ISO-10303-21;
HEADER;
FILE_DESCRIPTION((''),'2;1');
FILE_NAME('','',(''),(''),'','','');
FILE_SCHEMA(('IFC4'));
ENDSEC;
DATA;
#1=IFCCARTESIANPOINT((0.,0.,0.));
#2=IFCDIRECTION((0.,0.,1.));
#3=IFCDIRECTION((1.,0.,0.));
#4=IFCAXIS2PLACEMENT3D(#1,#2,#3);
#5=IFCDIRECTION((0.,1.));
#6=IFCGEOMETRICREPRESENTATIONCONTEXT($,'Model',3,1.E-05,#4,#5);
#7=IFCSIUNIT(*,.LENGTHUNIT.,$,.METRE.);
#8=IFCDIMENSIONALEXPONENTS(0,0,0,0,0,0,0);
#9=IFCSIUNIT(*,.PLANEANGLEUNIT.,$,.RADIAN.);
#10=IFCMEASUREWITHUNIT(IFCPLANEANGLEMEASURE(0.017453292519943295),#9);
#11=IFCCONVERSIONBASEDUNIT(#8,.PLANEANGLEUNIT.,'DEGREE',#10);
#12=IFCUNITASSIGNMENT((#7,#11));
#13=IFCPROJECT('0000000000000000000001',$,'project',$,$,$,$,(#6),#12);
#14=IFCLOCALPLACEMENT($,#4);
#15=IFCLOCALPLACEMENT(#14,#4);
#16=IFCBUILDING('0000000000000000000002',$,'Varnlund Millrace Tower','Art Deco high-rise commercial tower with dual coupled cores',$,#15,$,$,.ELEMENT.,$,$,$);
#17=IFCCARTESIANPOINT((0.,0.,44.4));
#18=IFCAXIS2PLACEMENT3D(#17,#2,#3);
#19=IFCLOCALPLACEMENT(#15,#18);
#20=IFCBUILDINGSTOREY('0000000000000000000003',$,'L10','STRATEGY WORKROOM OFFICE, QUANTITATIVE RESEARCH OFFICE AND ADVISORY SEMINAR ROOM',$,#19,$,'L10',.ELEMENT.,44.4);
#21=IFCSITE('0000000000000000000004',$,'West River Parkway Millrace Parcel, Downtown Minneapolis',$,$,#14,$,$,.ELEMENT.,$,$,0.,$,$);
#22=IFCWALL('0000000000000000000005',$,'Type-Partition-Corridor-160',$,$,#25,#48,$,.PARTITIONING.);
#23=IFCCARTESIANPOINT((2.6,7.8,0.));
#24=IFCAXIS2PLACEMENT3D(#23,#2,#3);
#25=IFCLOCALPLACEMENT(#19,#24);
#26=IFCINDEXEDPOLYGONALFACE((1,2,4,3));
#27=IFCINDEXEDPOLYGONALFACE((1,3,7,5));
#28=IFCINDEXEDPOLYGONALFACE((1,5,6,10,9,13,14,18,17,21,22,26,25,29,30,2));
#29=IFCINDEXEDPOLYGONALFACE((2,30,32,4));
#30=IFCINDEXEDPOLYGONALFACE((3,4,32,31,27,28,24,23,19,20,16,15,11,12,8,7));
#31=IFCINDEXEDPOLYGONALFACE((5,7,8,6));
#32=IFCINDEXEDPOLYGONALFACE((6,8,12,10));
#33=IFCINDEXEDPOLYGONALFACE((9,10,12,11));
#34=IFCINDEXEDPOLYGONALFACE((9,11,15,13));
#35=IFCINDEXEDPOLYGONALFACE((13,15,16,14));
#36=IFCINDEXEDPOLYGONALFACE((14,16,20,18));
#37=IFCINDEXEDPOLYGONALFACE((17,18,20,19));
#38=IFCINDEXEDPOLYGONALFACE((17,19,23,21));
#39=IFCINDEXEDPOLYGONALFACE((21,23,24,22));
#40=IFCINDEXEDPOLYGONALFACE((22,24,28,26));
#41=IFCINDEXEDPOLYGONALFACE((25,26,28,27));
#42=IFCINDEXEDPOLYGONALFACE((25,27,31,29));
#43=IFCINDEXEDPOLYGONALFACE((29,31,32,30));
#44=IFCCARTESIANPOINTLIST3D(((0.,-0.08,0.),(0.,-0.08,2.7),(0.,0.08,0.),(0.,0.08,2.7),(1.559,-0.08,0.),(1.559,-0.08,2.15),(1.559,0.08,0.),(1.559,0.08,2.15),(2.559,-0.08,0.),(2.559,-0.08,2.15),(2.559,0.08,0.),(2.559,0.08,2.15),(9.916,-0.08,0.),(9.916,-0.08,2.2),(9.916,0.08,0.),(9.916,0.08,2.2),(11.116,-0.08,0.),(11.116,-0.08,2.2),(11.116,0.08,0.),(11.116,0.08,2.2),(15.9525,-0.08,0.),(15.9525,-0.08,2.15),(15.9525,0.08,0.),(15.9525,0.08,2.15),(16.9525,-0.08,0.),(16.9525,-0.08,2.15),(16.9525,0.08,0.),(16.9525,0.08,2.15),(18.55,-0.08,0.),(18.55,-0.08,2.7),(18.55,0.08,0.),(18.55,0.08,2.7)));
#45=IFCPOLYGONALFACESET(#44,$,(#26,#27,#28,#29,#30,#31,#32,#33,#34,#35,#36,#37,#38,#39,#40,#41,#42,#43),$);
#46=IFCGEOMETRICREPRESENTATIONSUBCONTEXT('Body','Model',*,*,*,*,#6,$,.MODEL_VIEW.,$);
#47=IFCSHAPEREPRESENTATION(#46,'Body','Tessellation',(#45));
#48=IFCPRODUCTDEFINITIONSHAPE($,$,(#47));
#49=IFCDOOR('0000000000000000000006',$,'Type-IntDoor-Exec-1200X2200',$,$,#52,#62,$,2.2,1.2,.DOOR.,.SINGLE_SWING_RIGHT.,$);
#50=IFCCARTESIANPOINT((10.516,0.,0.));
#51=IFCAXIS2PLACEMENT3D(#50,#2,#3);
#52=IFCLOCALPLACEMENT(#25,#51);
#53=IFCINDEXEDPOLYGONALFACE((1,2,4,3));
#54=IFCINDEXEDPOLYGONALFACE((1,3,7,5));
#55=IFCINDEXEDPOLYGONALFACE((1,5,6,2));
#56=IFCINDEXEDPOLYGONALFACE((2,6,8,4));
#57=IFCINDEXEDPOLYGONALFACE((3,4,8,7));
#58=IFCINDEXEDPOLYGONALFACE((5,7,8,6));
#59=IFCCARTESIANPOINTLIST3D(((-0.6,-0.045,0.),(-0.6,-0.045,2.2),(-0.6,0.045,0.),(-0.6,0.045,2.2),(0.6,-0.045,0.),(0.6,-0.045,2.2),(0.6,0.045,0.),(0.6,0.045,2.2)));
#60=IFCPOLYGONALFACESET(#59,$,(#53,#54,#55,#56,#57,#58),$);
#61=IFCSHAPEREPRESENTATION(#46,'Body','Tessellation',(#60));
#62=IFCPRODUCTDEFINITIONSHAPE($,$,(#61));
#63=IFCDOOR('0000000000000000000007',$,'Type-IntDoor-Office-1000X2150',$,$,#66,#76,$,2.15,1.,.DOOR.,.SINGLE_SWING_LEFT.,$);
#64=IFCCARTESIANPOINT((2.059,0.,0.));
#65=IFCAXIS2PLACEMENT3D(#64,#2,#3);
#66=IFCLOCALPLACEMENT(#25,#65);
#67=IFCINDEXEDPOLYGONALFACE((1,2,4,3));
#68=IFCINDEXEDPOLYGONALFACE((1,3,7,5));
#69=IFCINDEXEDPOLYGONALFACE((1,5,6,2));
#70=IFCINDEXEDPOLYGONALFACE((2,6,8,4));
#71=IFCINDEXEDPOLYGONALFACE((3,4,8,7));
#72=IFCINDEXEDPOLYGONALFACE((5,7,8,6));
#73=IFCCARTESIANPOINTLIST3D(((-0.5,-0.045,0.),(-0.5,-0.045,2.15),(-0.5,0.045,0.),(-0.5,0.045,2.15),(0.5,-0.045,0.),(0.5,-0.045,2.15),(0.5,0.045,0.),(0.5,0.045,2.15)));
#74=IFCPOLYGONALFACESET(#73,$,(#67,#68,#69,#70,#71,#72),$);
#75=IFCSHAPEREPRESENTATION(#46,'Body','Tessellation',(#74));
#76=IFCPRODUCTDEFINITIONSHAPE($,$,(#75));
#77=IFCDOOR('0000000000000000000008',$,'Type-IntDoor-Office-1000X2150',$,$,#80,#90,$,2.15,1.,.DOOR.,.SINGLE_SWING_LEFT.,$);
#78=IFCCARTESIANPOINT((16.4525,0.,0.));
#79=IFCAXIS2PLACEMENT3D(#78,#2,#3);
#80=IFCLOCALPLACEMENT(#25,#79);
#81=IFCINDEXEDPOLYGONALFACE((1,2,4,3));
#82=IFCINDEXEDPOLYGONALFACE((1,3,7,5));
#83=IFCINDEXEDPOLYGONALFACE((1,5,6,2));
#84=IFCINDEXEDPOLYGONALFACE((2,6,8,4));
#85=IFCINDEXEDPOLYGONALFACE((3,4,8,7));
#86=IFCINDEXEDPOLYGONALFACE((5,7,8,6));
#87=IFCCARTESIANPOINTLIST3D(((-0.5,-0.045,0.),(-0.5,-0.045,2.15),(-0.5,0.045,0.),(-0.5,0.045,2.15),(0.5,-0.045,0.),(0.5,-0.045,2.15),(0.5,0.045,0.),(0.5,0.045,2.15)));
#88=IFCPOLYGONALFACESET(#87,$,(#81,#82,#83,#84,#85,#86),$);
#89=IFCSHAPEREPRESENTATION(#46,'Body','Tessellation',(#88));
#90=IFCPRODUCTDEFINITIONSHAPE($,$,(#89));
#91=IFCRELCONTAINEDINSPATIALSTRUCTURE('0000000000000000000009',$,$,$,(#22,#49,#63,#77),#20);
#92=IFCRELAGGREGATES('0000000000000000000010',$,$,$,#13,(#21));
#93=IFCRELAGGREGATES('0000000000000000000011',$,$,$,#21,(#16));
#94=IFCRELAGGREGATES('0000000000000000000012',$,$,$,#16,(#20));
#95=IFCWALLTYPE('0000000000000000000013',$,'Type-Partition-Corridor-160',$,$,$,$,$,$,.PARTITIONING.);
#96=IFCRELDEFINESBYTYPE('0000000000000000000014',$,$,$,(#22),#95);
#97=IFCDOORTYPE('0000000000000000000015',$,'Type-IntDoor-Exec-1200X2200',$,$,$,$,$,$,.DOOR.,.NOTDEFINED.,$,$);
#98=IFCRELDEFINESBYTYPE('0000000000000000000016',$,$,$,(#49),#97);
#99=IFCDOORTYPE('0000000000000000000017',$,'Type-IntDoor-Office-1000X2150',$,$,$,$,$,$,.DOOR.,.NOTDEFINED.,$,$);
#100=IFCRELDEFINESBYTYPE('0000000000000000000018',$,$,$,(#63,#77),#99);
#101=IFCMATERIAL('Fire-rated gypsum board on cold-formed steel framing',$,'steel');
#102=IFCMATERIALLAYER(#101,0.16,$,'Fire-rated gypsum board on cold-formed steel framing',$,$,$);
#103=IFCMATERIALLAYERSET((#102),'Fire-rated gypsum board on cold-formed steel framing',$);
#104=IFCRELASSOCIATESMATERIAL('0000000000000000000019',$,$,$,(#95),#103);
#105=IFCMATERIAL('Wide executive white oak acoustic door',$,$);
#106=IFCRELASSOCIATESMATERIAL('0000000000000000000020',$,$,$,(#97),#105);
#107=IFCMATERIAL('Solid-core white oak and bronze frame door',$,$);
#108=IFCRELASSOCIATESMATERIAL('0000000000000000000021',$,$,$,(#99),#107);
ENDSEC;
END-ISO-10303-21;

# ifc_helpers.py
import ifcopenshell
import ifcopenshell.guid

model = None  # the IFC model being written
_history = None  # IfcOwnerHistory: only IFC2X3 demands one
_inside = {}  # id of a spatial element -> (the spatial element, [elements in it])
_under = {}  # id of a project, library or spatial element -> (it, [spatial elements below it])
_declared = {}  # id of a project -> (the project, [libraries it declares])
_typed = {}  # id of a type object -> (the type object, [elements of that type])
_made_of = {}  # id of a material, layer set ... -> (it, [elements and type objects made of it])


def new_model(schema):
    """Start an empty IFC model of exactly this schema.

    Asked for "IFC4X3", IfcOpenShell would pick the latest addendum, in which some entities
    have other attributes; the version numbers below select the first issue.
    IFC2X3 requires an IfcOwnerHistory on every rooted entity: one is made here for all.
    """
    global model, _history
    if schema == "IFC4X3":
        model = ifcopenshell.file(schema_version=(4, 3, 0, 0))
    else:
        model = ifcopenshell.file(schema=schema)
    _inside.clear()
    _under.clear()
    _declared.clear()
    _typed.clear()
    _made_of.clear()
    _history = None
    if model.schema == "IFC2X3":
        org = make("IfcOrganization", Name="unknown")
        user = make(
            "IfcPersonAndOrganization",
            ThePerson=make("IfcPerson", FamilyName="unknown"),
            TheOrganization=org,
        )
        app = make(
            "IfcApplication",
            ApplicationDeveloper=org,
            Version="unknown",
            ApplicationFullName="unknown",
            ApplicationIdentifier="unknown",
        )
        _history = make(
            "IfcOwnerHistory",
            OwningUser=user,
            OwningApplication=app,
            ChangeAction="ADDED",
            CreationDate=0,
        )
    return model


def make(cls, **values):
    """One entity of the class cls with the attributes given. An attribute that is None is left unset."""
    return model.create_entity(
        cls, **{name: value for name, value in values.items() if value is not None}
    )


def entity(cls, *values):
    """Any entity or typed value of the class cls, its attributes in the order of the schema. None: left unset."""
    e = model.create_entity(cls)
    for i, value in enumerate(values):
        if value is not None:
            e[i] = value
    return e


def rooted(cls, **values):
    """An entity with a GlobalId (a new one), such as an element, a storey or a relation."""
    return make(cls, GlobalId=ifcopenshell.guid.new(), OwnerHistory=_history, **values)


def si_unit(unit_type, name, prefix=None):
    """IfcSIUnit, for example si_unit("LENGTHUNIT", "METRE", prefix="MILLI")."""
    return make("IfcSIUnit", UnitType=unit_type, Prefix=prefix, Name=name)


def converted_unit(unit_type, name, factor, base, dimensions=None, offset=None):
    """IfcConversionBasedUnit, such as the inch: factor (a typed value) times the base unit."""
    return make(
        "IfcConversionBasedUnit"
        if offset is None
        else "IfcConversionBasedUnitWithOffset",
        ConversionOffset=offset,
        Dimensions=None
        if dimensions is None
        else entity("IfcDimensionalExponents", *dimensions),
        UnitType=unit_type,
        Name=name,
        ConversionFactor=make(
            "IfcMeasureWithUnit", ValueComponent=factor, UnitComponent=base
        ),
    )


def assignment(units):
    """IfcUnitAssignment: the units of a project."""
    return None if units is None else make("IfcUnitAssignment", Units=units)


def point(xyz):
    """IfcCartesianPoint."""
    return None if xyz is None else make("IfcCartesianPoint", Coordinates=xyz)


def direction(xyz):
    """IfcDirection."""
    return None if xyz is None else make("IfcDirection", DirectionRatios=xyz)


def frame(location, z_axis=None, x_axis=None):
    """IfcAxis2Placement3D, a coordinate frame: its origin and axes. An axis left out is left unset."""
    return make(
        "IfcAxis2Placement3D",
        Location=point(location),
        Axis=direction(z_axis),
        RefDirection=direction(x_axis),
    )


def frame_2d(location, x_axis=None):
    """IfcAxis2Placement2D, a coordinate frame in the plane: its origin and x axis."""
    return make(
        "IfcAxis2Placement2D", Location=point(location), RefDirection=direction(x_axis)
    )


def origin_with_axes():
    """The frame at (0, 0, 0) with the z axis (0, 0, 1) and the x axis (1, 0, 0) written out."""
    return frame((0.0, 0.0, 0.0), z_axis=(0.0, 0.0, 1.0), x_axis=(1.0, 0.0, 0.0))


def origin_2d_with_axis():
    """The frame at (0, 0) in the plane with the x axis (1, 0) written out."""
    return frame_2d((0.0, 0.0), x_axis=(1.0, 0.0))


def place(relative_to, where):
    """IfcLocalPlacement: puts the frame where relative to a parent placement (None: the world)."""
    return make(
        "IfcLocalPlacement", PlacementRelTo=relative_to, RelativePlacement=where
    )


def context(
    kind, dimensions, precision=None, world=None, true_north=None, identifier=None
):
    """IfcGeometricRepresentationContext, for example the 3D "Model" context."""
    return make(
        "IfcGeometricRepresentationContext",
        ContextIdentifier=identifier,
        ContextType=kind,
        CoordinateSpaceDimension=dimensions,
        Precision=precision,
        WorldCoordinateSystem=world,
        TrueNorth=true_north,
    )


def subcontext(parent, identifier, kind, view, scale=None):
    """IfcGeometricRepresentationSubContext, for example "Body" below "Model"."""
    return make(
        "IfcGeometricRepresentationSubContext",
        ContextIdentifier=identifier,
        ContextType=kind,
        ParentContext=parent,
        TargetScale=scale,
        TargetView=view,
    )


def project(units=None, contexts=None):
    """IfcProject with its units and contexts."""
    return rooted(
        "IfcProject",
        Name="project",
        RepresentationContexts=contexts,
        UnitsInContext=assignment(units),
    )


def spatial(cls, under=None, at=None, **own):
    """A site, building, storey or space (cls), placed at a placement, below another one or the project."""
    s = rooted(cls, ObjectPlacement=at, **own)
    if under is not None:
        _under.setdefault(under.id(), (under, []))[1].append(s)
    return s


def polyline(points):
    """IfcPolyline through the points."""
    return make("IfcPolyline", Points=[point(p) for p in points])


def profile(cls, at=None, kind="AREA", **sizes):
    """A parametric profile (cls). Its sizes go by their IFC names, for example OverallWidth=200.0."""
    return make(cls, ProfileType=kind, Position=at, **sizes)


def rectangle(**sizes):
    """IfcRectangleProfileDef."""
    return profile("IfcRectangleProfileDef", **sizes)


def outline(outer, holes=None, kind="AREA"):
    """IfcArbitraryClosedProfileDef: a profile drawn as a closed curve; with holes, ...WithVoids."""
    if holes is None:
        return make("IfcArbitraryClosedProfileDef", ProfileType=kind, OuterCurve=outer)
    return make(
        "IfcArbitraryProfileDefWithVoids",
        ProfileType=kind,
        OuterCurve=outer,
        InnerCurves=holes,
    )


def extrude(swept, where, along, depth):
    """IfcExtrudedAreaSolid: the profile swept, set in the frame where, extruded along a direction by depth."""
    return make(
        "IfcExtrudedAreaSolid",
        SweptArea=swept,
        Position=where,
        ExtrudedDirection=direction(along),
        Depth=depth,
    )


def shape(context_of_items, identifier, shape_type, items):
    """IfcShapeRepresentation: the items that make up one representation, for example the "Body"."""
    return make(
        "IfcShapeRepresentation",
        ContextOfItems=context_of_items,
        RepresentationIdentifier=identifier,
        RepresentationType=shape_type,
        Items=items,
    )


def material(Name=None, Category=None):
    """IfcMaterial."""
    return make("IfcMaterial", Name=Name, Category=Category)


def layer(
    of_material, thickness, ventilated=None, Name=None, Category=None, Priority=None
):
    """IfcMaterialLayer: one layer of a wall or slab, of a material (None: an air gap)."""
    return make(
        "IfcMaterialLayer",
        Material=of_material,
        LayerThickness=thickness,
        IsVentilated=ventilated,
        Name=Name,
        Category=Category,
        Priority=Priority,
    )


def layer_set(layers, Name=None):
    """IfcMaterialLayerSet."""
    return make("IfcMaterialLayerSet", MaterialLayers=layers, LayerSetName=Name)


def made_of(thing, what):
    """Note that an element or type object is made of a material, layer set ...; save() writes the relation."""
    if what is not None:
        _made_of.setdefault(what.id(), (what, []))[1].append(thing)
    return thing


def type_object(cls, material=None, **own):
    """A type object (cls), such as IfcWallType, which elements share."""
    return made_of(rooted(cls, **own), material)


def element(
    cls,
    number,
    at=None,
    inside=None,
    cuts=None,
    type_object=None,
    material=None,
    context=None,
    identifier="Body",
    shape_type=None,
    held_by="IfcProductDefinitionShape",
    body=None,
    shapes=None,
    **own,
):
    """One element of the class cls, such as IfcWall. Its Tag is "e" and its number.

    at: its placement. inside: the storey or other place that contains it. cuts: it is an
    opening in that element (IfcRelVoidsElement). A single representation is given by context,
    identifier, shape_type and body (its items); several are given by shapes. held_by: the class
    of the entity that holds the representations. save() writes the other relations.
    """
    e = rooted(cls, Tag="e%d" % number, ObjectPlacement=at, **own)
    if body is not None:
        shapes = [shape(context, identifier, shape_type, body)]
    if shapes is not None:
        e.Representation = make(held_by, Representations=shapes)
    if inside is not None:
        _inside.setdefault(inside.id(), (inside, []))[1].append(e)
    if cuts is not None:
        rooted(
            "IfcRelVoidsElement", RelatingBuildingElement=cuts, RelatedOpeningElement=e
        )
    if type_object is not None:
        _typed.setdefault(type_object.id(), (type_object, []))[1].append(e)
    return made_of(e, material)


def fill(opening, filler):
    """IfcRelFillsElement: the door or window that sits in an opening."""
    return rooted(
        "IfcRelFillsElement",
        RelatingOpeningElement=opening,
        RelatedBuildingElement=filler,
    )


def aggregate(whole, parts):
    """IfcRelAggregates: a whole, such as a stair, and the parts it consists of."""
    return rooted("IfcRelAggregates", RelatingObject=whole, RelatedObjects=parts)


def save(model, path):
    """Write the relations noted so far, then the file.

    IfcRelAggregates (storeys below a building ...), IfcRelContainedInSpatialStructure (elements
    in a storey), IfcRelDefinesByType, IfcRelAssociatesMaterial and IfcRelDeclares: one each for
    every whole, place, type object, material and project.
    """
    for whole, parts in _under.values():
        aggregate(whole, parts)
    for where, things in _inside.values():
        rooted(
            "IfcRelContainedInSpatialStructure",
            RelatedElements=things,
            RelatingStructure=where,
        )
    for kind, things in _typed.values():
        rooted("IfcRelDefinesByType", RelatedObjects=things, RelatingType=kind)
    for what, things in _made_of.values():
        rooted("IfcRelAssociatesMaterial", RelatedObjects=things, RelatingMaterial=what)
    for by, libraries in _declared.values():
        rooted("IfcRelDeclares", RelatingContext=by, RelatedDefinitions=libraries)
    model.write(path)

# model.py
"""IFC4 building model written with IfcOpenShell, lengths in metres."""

from ifc_helpers import new_model, entity, si_unit, converted_unit, direction, frame, origin_with_axes, origin_2d_with_axis, place, context, subcontext, project, spatial, polyline, rectangle, outline, extrude, material, layer, layer_set, type_object, element, fill, save


model = new_model("IFC4")

# Units and contexts
model_context = context("Model", 3, precision=1e-05, world=origin_with_axes(), true_north=direction((0.0, 1.0)))
body_context = subcontext(model_context, "Body", "Model", "MODEL_VIEW")
ifc_project = project(units=[si_unit("LENGTHUNIT", "METRE"), converted_unit("PLANEANGLEUNIT", "DEGREE", entity("IfcPlaneAngleMeasure", 0.017453292519943295), si_unit("PLANEANGLEUNIT", "RADIAN"), dimensions=[0, 0, 0, 0, 0, 0, 0])], contexts=[model_context])

# Site, building, storey
site_placement = place(None, origin_with_axes())
site = spatial("IfcSite", under=ifc_project, at=site_placement, Name="West River Parkway Millrace Parcel, Downtown Minneapolis", CompositionType="ELEMENT", RefElevation=0.0)
building_placement = place(site_placement, origin_with_axes())
building = spatial("IfcBuilding", under=site, at=building_placement, Name="Varnlund Millrace Tower", Description="Art Deco high-rise commercial tower with dual coupled cores", CompositionType="ELEMENT")
storey_placement = place(building_placement, frame((0.0, 0.0, 44.4), z_axis=(0.0, 0.0, 1.0), x_axis=(1.0, 0.0, 0.0)))
storey = spatial("IfcBuildingStorey", under=building, at=storey_placement, Name="L10", Description="STRATEGY WORKROOM OFFICE, QUANTITATIVE RESEARCH OFFICE AND ADVISORY SEMINAR ROOM", LongName="L10", CompositionType="ELEMENT", Elevation=44.4)

# Wall, openings, doors
ifc_material_1 = material(Name="Fire-rated gypsum board on cold-formed steel framing", Category="steel")
ifc_layer_1 = layer(ifc_material_1, 0.16, Name="Fire-rated gypsum board on cold-formed steel framing")
ifc_layer_set_1 = layer_set([ifc_layer_1], Name="Fire-rated gypsum board on cold-formed steel framing")
wall_type_1 = type_object("IfcWallType", Name="Type-Partition-Corridor-160", PredefinedType="PARTITIONING", material=ifc_layer_set_1)
wall_1_placement = place(storey_placement, frame((2.6, 7.8, 0.0), z_axis=(0.0, 0.0, 1.0), x_axis=(1.0, 0.0, 0.0)))
wall_1 = element("IfcWall", 1, at=wall_1_placement, inside=storey, type_object=wall_type_1, Name="Type-Partition-Corridor-160", PredefinedType="PARTITIONING", context=body_context, shape_type="SweptSolid", body=[
    extrude(outline(polyline([(0.0, -0.08), (18.55, -0.08), (18.55, 0.08), (0.0, 0.08), (0.0, -0.08)])), origin_with_axes(), (0.0, 0.0, 1.0), 2.7),
])
opening_1_placement = place(wall_1_placement, frame((2.059, 0.0, 0.0), z_axis=(0.0, 0.0, 1.0), x_axis=(1.0, 0.0, 0.0)))
opening_1 = element("IfcOpeningElement", 2, at=opening_1_placement, cuts=wall_1, PredefinedType="OPENING", context=body_context, shape_type="SweptSolid", body=[
    extrude(rectangle(XDim=1.0, YDim=0.18, at=origin_2d_with_axis()), origin_with_axes(), (0.0, 0.0, 1.0), 2.15),
])
opening_2_placement = place(wall_1_placement, frame((10.516, 0.0, 0.0), z_axis=(0.0, 0.0, 1.0), x_axis=(1.0, 0.0, 0.0)))
opening_2 = element("IfcOpeningElement", 3, at=opening_2_placement, cuts=wall_1, PredefinedType="OPENING", context=body_context, shape_type="SweptSolid", body=[
    extrude(rectangle(XDim=1.2, YDim=0.18, at=origin_2d_with_axis()), origin_with_axes(), (0.0, 0.0, 1.0), 2.2),
])
opening_3_placement = place(wall_1_placement, frame((16.4525, 0.0, 0.0), z_axis=(0.0, 0.0, 1.0), x_axis=(1.0, 0.0, 0.0)))
opening_3 = element("IfcOpeningElement", 4, at=opening_3_placement, cuts=wall_1, PredefinedType="OPENING", context=body_context, shape_type="SweptSolid", body=[
    extrude(rectangle(XDim=1.0, YDim=0.18, at=origin_2d_with_axis()), origin_with_axes(), (0.0, 0.0, 1.0), 2.15),
])
ifc_material_2 = material(Name="Wide executive white oak acoustic door")
door_type_1 = type_object("IfcDoorType", Name="Type-IntDoor-Exec-1200X2200", OperationType="NOTDEFINED", PredefinedType="DOOR", material=ifc_material_2)
door_1_placement = place(wall_1_placement, frame((10.516, 0.0, 0.0), z_axis=(0.0, 0.0, 1.0), x_axis=(1.0, 0.0, 0.0)))
door_1 = element("IfcDoor", 5, at=door_1_placement, inside=storey, type_object=door_type_1, Name="Type-IntDoor-Exec-1200X2200", OperationType="SINGLE_SWING_RIGHT", OverallHeight=2.2, OverallWidth=1.2, PredefinedType="DOOR", context=body_context, shape_type="SweptSolid", body=[
    extrude(rectangle(XDim=1.2, YDim=0.09, at=origin_2d_with_axis()), origin_with_axes(), (0.0, 0.0, 1.0), 2.2),
])
fill(opening_2, door_1)
ifc_material_3 = material(Name="Solid-core white oak and bronze frame door")
door_type_2 = type_object("IfcDoorType", Name="Type-IntDoor-Office-1000X2150", OperationType="NOTDEFINED", PredefinedType="DOOR", material=ifc_material_3)
door_2_placement = place(wall_1_placement, frame((2.059, 0.0, 0.0), z_axis=(0.0, 0.0, 1.0), x_axis=(1.0, 0.0, 0.0)))
door_2 = element("IfcDoor", 6, at=door_2_placement, inside=storey, type_object=door_type_2, Name="Type-IntDoor-Office-1000X2150", OperationType="SINGLE_SWING_LEFT", OverallHeight=2.15, OverallWidth=1.0, PredefinedType="DOOR", context=body_context, shape_type="SweptSolid", body=[
    extrude(rectangle(XDim=1.0, YDim=0.09, at=origin_2d_with_axis()), origin_with_axes(), (0.0, 0.0, 1.0), 2.15),
])
fill(opening_1, door_2)
door_3_placement = place(wall_1_placement, frame((16.4525, 0.0, 0.0), z_axis=(0.0, 0.0, 1.0), x_axis=(1.0, 0.0, 0.0)))
door_3 = element("IfcDoor", 7, at=door_3_placement, inside=storey, type_object=door_type_2, Name="Type-IntDoor-Office-1000X2150", OperationType="SINGLE_SWING_LEFT", OverallHeight=2.15, OverallWidth=1.0, PredefinedType="DOOR", context=body_context, shape_type="SweptSolid", body=[
    extrude(rectangle(XDim=1.0, YDim=0.09, at=origin_2d_with_axis()), origin_with_axes(), (0.0, 0.0, 1.0), 2.15),
])
fill(opening_3, door_3)

save(model, "model.ifc")
